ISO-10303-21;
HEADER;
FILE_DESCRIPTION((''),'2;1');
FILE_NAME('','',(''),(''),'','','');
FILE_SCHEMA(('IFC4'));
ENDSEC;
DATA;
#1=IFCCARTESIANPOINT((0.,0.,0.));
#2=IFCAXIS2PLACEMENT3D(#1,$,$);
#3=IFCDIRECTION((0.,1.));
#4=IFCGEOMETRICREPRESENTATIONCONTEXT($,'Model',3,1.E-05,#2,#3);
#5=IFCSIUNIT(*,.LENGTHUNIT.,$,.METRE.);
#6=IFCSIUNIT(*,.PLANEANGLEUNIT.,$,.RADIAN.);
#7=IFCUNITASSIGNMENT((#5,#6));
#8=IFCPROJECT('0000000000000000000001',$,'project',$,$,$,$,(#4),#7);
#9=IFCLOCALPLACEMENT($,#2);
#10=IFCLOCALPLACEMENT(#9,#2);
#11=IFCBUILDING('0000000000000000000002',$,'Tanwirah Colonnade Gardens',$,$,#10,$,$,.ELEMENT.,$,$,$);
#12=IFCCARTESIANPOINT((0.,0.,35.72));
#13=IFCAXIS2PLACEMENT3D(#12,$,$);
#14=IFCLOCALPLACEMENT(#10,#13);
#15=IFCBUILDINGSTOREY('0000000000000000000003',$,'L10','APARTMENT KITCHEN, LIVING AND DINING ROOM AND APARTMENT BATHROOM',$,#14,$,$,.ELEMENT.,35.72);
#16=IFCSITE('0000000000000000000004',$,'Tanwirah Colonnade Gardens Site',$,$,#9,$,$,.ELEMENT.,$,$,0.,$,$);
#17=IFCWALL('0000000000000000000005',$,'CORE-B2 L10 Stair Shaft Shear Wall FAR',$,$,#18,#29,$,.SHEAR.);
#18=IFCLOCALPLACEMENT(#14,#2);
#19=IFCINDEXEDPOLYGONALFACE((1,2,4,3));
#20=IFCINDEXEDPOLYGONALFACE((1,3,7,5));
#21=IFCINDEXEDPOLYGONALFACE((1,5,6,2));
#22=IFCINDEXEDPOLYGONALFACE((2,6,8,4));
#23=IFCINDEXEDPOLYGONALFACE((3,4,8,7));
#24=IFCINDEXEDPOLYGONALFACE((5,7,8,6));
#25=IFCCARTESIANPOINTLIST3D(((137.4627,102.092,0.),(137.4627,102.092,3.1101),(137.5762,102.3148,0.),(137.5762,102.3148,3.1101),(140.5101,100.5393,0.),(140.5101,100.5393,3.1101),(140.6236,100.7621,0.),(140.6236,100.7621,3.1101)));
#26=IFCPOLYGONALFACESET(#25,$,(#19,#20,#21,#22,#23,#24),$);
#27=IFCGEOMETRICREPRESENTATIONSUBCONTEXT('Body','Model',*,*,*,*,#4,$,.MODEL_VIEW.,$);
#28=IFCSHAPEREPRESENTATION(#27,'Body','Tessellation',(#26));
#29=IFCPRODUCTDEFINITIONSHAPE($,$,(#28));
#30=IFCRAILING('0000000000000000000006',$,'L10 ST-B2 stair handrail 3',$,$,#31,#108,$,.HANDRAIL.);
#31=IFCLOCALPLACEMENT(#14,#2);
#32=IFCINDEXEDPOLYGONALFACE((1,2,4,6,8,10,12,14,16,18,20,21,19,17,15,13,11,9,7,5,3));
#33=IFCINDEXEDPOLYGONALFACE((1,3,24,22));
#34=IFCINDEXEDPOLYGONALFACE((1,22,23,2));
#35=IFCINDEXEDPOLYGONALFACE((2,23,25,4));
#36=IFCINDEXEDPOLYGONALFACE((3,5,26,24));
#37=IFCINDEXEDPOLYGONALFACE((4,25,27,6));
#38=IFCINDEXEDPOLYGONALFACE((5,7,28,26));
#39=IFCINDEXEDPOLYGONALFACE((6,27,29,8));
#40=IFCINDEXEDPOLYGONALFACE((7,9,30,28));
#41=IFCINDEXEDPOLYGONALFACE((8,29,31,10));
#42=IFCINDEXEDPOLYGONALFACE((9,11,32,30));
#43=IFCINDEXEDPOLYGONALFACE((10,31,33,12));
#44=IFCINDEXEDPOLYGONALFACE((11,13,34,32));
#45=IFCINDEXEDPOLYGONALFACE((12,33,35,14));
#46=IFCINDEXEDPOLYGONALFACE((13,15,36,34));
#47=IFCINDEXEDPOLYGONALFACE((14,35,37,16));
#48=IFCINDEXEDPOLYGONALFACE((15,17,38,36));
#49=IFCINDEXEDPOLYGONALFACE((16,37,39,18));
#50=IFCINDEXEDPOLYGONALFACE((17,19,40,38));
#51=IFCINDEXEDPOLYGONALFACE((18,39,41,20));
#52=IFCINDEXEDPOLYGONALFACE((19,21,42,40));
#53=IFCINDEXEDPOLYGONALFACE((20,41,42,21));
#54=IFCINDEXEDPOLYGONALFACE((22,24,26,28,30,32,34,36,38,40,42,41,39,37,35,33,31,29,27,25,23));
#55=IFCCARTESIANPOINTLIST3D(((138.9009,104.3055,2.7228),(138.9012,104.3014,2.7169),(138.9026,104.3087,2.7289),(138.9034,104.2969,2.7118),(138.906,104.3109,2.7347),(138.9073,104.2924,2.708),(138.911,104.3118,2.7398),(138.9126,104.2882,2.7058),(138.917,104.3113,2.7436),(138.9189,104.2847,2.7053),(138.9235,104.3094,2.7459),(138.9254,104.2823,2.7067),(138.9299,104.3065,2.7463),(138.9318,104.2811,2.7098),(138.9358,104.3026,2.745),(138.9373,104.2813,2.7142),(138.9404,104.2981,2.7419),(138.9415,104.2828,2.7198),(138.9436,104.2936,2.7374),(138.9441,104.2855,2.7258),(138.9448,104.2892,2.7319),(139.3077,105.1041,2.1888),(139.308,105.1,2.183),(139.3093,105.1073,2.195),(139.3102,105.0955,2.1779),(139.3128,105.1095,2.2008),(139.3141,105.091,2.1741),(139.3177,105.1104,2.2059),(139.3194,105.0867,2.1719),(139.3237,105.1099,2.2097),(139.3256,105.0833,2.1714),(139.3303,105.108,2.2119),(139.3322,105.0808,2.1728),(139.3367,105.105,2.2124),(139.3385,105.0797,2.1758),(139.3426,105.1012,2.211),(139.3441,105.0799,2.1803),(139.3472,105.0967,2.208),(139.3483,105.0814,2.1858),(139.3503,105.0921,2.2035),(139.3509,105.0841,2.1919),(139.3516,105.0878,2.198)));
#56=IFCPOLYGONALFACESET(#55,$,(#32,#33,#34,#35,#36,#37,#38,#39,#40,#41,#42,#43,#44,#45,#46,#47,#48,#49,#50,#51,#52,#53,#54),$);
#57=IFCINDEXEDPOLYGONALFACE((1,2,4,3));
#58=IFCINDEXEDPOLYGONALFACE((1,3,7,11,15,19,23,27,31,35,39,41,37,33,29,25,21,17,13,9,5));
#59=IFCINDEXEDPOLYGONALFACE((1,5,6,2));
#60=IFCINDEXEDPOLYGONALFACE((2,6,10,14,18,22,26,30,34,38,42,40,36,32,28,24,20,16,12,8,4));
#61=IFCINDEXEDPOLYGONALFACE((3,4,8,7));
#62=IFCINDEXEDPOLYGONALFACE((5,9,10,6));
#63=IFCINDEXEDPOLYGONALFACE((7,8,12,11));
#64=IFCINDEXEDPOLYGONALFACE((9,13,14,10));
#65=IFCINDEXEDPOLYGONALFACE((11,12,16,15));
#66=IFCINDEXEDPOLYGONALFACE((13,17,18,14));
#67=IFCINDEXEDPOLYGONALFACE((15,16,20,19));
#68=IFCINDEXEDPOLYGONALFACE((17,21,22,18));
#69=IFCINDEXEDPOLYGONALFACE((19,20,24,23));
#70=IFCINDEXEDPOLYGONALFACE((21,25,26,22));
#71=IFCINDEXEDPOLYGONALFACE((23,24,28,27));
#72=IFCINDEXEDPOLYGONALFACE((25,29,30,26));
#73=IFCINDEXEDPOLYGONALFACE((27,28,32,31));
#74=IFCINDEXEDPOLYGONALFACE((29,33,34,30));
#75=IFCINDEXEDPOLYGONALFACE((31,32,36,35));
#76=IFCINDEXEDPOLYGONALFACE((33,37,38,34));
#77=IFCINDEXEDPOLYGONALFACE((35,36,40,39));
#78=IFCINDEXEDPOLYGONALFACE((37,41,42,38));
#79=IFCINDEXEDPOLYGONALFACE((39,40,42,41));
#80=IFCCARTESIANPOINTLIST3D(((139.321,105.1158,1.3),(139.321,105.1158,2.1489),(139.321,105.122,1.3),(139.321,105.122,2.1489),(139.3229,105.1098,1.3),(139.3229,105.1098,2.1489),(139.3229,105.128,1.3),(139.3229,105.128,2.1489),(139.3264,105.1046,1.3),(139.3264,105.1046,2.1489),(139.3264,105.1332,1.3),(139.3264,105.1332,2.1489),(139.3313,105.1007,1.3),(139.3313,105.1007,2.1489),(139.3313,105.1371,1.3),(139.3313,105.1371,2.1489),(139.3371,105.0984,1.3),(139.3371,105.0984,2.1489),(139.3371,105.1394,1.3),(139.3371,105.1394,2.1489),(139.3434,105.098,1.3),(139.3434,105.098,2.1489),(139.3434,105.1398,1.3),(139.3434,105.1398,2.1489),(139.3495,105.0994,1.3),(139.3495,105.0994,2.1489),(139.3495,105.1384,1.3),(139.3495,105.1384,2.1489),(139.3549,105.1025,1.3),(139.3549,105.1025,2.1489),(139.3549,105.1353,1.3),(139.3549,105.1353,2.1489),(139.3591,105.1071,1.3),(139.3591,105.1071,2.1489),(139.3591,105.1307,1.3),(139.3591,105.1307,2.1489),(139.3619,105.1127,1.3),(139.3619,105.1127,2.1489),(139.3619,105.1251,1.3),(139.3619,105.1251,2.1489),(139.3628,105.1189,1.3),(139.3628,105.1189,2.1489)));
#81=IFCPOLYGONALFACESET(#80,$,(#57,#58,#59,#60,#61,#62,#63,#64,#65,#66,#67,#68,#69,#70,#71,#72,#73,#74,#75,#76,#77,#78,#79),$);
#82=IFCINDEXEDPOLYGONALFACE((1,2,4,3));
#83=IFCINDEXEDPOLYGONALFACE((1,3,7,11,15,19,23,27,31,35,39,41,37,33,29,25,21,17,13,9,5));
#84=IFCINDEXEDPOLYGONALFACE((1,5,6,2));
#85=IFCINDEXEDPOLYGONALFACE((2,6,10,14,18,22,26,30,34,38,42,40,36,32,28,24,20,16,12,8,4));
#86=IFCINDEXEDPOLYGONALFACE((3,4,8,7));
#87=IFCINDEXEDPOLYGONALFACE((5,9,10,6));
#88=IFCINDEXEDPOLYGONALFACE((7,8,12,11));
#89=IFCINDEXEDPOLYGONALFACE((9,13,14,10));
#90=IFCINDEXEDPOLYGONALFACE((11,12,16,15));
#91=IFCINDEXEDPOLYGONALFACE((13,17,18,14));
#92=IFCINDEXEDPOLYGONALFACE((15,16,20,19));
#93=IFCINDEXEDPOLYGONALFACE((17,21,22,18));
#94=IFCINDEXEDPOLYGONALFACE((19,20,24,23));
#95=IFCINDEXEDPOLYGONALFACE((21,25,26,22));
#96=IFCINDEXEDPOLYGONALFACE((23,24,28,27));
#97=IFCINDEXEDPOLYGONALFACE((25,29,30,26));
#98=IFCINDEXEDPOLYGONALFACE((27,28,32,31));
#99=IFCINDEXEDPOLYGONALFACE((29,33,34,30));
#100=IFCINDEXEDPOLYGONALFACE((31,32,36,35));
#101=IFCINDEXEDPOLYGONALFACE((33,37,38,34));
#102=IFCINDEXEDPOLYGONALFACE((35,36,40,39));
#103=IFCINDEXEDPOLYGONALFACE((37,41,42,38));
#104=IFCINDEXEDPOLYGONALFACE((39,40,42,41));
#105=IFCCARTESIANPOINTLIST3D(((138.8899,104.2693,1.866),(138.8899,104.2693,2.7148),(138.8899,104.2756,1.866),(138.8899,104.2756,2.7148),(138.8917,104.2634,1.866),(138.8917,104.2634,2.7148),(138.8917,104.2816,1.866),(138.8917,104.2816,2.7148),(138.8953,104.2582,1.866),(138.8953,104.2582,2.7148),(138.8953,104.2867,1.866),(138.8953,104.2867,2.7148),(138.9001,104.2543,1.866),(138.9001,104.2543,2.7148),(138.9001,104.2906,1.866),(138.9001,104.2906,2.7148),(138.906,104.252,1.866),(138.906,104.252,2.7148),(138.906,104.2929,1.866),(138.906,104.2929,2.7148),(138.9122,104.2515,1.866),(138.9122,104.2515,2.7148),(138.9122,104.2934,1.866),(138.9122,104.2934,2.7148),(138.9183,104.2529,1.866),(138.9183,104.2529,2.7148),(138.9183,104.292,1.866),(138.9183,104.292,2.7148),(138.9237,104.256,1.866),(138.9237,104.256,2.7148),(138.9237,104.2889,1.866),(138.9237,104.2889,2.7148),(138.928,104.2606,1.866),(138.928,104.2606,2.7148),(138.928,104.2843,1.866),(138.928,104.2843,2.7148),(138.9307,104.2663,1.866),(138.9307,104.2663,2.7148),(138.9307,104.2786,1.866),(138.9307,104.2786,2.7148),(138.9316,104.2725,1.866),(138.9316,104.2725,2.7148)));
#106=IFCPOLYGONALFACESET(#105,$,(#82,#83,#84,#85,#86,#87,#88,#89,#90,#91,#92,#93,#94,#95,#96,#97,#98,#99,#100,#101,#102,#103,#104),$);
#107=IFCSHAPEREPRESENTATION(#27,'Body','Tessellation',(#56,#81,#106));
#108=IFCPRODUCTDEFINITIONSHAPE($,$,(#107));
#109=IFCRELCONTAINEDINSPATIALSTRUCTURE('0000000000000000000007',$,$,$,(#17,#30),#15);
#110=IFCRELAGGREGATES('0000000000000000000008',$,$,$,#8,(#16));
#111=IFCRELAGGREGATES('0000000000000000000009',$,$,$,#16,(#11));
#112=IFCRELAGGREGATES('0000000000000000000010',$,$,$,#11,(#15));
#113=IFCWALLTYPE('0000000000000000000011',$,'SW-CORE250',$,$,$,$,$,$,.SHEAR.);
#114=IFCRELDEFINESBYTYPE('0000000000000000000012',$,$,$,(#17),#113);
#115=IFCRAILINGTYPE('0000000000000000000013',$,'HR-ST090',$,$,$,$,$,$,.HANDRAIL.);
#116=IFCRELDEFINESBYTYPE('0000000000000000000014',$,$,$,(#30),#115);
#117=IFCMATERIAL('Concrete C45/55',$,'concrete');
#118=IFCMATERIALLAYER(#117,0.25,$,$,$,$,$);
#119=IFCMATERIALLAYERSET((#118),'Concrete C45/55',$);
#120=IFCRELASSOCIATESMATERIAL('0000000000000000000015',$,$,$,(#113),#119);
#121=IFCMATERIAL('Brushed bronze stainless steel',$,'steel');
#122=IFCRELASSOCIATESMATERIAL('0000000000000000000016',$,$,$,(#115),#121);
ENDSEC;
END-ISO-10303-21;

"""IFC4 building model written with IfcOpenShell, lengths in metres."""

from ifc_helpers import new_model, si_unit, direction, frame, frame_2d, origin, origin_2d, place, context, subcontext, project, spatial, rectangle, circle, extrude, material, layer, layer_set, type_object, element, save


model = new_model("IFC4")

# Units and contexts
model_context = context("Model", 3, precision=1e-05, world=origin(), true_north=direction((0.0, 1.0)))
body_context = subcontext(model_context, "Body", "Model", "MODEL_VIEW")
ifc_project = project(units=[si_unit("LENGTHUNIT", "METRE"), si_unit("PLANEANGLEUNIT", "RADIAN")], contexts=[model_context])

# Site, building, storey
site_placement = place(None, origin())
site = spatial("IfcSite", under=ifc_project, at=site_placement, Name="Tanwirah Colonnade Gardens Site", CompositionType="ELEMENT", RefElevation=0.0)
building_placement = place(site_placement, origin())
building = spatial("IfcBuilding", under=site, at=building_placement, Name="Tanwirah Colonnade Gardens", CompositionType="ELEMENT")
storey_placement = place(building_placement, frame((0.0, 0.0, 35.72)))
storey = spatial("IfcBuildingStorey", under=building, at=storey_placement, Name="L10", Description="APARTMENT KITCHEN, LIVING AND DINING ROOM AND APARTMENT BATHROOM", CompositionType="ELEMENT", Elevation=35.72)

# Wall
ifc_material_1 = material(Name="Concrete C45/55", Category="concrete")
ifc_layer_1 = layer(ifc_material_1, 0.25)
ifc_layer_set_1 = layer_set([ifc_layer_1], Name="Concrete C45/55")
wall_type_1 = type_object("IfcWallType", Name="SW-CORE250", PredefinedType="SHEAR", material=ifc_layer_set_1)
wall_1_placement = place(storey_placement, frame((137.5195, 102.2034, 0.0), z_axis=(0.0, 0.0, 1.0), x_axis=(0.891004, -0.453996, 0.0)))
element("IfcWall", 1, at=wall_1_placement, inside=storey, type_object=wall_type_1, Name="CORE-B2 L10 Stair Shaft Shear Wall FAR", PredefinedType="SHEAR", context=body_context, shape_type="SweptSolid", body=[
    extrude(rectangle(XDim=3.4202, YDim=0.25, at=frame_2d((1.71, 0.0))), origin(), (0.0, 0.0, 1.0), 3.1101),
])

# Railing
ifc_material_2 = material(Name="Brushed bronze stainless steel", Category="steel")
railing_type_1 = type_object("IfcRailingType", Name="HR-ST090", PredefinedType="HANDRAIL", material=ifc_material_2)
railing_1_placement = place(storey_placement, frame((139.3418, 105.1189, 1.3)))
element("IfcRailing", 2, at=railing_1_placement, inside=storey, type_object=railing_type_1, Name="L10 ST-B2 stair handrail 3", PredefinedType="HANDRAIL", context=body_context, shape_type="SweptSolid", body=[
    extrude(circle(Radius=0.0239, at=origin_2d()), frame((-0.0122, -0.0239, 0.8918), z_axis=(-0.38993, -0.765509, 0.511811), x_axis=(0.891061, -0.453883, 0.0)), (0.0, 0.0, 1.0), 1.0432),
    extrude(circle(Radius=0.021, at=origin_2d()), origin(), (0.0, 0.0, 1.0), 0.8489),
    extrude(circle(Radius=0.021, at=origin_2d()), frame((-0.4312, -0.8464, 0.5659)), (0.0, 0.0, 1.0), 0.8489),
])

save(model, "model.ifc")
